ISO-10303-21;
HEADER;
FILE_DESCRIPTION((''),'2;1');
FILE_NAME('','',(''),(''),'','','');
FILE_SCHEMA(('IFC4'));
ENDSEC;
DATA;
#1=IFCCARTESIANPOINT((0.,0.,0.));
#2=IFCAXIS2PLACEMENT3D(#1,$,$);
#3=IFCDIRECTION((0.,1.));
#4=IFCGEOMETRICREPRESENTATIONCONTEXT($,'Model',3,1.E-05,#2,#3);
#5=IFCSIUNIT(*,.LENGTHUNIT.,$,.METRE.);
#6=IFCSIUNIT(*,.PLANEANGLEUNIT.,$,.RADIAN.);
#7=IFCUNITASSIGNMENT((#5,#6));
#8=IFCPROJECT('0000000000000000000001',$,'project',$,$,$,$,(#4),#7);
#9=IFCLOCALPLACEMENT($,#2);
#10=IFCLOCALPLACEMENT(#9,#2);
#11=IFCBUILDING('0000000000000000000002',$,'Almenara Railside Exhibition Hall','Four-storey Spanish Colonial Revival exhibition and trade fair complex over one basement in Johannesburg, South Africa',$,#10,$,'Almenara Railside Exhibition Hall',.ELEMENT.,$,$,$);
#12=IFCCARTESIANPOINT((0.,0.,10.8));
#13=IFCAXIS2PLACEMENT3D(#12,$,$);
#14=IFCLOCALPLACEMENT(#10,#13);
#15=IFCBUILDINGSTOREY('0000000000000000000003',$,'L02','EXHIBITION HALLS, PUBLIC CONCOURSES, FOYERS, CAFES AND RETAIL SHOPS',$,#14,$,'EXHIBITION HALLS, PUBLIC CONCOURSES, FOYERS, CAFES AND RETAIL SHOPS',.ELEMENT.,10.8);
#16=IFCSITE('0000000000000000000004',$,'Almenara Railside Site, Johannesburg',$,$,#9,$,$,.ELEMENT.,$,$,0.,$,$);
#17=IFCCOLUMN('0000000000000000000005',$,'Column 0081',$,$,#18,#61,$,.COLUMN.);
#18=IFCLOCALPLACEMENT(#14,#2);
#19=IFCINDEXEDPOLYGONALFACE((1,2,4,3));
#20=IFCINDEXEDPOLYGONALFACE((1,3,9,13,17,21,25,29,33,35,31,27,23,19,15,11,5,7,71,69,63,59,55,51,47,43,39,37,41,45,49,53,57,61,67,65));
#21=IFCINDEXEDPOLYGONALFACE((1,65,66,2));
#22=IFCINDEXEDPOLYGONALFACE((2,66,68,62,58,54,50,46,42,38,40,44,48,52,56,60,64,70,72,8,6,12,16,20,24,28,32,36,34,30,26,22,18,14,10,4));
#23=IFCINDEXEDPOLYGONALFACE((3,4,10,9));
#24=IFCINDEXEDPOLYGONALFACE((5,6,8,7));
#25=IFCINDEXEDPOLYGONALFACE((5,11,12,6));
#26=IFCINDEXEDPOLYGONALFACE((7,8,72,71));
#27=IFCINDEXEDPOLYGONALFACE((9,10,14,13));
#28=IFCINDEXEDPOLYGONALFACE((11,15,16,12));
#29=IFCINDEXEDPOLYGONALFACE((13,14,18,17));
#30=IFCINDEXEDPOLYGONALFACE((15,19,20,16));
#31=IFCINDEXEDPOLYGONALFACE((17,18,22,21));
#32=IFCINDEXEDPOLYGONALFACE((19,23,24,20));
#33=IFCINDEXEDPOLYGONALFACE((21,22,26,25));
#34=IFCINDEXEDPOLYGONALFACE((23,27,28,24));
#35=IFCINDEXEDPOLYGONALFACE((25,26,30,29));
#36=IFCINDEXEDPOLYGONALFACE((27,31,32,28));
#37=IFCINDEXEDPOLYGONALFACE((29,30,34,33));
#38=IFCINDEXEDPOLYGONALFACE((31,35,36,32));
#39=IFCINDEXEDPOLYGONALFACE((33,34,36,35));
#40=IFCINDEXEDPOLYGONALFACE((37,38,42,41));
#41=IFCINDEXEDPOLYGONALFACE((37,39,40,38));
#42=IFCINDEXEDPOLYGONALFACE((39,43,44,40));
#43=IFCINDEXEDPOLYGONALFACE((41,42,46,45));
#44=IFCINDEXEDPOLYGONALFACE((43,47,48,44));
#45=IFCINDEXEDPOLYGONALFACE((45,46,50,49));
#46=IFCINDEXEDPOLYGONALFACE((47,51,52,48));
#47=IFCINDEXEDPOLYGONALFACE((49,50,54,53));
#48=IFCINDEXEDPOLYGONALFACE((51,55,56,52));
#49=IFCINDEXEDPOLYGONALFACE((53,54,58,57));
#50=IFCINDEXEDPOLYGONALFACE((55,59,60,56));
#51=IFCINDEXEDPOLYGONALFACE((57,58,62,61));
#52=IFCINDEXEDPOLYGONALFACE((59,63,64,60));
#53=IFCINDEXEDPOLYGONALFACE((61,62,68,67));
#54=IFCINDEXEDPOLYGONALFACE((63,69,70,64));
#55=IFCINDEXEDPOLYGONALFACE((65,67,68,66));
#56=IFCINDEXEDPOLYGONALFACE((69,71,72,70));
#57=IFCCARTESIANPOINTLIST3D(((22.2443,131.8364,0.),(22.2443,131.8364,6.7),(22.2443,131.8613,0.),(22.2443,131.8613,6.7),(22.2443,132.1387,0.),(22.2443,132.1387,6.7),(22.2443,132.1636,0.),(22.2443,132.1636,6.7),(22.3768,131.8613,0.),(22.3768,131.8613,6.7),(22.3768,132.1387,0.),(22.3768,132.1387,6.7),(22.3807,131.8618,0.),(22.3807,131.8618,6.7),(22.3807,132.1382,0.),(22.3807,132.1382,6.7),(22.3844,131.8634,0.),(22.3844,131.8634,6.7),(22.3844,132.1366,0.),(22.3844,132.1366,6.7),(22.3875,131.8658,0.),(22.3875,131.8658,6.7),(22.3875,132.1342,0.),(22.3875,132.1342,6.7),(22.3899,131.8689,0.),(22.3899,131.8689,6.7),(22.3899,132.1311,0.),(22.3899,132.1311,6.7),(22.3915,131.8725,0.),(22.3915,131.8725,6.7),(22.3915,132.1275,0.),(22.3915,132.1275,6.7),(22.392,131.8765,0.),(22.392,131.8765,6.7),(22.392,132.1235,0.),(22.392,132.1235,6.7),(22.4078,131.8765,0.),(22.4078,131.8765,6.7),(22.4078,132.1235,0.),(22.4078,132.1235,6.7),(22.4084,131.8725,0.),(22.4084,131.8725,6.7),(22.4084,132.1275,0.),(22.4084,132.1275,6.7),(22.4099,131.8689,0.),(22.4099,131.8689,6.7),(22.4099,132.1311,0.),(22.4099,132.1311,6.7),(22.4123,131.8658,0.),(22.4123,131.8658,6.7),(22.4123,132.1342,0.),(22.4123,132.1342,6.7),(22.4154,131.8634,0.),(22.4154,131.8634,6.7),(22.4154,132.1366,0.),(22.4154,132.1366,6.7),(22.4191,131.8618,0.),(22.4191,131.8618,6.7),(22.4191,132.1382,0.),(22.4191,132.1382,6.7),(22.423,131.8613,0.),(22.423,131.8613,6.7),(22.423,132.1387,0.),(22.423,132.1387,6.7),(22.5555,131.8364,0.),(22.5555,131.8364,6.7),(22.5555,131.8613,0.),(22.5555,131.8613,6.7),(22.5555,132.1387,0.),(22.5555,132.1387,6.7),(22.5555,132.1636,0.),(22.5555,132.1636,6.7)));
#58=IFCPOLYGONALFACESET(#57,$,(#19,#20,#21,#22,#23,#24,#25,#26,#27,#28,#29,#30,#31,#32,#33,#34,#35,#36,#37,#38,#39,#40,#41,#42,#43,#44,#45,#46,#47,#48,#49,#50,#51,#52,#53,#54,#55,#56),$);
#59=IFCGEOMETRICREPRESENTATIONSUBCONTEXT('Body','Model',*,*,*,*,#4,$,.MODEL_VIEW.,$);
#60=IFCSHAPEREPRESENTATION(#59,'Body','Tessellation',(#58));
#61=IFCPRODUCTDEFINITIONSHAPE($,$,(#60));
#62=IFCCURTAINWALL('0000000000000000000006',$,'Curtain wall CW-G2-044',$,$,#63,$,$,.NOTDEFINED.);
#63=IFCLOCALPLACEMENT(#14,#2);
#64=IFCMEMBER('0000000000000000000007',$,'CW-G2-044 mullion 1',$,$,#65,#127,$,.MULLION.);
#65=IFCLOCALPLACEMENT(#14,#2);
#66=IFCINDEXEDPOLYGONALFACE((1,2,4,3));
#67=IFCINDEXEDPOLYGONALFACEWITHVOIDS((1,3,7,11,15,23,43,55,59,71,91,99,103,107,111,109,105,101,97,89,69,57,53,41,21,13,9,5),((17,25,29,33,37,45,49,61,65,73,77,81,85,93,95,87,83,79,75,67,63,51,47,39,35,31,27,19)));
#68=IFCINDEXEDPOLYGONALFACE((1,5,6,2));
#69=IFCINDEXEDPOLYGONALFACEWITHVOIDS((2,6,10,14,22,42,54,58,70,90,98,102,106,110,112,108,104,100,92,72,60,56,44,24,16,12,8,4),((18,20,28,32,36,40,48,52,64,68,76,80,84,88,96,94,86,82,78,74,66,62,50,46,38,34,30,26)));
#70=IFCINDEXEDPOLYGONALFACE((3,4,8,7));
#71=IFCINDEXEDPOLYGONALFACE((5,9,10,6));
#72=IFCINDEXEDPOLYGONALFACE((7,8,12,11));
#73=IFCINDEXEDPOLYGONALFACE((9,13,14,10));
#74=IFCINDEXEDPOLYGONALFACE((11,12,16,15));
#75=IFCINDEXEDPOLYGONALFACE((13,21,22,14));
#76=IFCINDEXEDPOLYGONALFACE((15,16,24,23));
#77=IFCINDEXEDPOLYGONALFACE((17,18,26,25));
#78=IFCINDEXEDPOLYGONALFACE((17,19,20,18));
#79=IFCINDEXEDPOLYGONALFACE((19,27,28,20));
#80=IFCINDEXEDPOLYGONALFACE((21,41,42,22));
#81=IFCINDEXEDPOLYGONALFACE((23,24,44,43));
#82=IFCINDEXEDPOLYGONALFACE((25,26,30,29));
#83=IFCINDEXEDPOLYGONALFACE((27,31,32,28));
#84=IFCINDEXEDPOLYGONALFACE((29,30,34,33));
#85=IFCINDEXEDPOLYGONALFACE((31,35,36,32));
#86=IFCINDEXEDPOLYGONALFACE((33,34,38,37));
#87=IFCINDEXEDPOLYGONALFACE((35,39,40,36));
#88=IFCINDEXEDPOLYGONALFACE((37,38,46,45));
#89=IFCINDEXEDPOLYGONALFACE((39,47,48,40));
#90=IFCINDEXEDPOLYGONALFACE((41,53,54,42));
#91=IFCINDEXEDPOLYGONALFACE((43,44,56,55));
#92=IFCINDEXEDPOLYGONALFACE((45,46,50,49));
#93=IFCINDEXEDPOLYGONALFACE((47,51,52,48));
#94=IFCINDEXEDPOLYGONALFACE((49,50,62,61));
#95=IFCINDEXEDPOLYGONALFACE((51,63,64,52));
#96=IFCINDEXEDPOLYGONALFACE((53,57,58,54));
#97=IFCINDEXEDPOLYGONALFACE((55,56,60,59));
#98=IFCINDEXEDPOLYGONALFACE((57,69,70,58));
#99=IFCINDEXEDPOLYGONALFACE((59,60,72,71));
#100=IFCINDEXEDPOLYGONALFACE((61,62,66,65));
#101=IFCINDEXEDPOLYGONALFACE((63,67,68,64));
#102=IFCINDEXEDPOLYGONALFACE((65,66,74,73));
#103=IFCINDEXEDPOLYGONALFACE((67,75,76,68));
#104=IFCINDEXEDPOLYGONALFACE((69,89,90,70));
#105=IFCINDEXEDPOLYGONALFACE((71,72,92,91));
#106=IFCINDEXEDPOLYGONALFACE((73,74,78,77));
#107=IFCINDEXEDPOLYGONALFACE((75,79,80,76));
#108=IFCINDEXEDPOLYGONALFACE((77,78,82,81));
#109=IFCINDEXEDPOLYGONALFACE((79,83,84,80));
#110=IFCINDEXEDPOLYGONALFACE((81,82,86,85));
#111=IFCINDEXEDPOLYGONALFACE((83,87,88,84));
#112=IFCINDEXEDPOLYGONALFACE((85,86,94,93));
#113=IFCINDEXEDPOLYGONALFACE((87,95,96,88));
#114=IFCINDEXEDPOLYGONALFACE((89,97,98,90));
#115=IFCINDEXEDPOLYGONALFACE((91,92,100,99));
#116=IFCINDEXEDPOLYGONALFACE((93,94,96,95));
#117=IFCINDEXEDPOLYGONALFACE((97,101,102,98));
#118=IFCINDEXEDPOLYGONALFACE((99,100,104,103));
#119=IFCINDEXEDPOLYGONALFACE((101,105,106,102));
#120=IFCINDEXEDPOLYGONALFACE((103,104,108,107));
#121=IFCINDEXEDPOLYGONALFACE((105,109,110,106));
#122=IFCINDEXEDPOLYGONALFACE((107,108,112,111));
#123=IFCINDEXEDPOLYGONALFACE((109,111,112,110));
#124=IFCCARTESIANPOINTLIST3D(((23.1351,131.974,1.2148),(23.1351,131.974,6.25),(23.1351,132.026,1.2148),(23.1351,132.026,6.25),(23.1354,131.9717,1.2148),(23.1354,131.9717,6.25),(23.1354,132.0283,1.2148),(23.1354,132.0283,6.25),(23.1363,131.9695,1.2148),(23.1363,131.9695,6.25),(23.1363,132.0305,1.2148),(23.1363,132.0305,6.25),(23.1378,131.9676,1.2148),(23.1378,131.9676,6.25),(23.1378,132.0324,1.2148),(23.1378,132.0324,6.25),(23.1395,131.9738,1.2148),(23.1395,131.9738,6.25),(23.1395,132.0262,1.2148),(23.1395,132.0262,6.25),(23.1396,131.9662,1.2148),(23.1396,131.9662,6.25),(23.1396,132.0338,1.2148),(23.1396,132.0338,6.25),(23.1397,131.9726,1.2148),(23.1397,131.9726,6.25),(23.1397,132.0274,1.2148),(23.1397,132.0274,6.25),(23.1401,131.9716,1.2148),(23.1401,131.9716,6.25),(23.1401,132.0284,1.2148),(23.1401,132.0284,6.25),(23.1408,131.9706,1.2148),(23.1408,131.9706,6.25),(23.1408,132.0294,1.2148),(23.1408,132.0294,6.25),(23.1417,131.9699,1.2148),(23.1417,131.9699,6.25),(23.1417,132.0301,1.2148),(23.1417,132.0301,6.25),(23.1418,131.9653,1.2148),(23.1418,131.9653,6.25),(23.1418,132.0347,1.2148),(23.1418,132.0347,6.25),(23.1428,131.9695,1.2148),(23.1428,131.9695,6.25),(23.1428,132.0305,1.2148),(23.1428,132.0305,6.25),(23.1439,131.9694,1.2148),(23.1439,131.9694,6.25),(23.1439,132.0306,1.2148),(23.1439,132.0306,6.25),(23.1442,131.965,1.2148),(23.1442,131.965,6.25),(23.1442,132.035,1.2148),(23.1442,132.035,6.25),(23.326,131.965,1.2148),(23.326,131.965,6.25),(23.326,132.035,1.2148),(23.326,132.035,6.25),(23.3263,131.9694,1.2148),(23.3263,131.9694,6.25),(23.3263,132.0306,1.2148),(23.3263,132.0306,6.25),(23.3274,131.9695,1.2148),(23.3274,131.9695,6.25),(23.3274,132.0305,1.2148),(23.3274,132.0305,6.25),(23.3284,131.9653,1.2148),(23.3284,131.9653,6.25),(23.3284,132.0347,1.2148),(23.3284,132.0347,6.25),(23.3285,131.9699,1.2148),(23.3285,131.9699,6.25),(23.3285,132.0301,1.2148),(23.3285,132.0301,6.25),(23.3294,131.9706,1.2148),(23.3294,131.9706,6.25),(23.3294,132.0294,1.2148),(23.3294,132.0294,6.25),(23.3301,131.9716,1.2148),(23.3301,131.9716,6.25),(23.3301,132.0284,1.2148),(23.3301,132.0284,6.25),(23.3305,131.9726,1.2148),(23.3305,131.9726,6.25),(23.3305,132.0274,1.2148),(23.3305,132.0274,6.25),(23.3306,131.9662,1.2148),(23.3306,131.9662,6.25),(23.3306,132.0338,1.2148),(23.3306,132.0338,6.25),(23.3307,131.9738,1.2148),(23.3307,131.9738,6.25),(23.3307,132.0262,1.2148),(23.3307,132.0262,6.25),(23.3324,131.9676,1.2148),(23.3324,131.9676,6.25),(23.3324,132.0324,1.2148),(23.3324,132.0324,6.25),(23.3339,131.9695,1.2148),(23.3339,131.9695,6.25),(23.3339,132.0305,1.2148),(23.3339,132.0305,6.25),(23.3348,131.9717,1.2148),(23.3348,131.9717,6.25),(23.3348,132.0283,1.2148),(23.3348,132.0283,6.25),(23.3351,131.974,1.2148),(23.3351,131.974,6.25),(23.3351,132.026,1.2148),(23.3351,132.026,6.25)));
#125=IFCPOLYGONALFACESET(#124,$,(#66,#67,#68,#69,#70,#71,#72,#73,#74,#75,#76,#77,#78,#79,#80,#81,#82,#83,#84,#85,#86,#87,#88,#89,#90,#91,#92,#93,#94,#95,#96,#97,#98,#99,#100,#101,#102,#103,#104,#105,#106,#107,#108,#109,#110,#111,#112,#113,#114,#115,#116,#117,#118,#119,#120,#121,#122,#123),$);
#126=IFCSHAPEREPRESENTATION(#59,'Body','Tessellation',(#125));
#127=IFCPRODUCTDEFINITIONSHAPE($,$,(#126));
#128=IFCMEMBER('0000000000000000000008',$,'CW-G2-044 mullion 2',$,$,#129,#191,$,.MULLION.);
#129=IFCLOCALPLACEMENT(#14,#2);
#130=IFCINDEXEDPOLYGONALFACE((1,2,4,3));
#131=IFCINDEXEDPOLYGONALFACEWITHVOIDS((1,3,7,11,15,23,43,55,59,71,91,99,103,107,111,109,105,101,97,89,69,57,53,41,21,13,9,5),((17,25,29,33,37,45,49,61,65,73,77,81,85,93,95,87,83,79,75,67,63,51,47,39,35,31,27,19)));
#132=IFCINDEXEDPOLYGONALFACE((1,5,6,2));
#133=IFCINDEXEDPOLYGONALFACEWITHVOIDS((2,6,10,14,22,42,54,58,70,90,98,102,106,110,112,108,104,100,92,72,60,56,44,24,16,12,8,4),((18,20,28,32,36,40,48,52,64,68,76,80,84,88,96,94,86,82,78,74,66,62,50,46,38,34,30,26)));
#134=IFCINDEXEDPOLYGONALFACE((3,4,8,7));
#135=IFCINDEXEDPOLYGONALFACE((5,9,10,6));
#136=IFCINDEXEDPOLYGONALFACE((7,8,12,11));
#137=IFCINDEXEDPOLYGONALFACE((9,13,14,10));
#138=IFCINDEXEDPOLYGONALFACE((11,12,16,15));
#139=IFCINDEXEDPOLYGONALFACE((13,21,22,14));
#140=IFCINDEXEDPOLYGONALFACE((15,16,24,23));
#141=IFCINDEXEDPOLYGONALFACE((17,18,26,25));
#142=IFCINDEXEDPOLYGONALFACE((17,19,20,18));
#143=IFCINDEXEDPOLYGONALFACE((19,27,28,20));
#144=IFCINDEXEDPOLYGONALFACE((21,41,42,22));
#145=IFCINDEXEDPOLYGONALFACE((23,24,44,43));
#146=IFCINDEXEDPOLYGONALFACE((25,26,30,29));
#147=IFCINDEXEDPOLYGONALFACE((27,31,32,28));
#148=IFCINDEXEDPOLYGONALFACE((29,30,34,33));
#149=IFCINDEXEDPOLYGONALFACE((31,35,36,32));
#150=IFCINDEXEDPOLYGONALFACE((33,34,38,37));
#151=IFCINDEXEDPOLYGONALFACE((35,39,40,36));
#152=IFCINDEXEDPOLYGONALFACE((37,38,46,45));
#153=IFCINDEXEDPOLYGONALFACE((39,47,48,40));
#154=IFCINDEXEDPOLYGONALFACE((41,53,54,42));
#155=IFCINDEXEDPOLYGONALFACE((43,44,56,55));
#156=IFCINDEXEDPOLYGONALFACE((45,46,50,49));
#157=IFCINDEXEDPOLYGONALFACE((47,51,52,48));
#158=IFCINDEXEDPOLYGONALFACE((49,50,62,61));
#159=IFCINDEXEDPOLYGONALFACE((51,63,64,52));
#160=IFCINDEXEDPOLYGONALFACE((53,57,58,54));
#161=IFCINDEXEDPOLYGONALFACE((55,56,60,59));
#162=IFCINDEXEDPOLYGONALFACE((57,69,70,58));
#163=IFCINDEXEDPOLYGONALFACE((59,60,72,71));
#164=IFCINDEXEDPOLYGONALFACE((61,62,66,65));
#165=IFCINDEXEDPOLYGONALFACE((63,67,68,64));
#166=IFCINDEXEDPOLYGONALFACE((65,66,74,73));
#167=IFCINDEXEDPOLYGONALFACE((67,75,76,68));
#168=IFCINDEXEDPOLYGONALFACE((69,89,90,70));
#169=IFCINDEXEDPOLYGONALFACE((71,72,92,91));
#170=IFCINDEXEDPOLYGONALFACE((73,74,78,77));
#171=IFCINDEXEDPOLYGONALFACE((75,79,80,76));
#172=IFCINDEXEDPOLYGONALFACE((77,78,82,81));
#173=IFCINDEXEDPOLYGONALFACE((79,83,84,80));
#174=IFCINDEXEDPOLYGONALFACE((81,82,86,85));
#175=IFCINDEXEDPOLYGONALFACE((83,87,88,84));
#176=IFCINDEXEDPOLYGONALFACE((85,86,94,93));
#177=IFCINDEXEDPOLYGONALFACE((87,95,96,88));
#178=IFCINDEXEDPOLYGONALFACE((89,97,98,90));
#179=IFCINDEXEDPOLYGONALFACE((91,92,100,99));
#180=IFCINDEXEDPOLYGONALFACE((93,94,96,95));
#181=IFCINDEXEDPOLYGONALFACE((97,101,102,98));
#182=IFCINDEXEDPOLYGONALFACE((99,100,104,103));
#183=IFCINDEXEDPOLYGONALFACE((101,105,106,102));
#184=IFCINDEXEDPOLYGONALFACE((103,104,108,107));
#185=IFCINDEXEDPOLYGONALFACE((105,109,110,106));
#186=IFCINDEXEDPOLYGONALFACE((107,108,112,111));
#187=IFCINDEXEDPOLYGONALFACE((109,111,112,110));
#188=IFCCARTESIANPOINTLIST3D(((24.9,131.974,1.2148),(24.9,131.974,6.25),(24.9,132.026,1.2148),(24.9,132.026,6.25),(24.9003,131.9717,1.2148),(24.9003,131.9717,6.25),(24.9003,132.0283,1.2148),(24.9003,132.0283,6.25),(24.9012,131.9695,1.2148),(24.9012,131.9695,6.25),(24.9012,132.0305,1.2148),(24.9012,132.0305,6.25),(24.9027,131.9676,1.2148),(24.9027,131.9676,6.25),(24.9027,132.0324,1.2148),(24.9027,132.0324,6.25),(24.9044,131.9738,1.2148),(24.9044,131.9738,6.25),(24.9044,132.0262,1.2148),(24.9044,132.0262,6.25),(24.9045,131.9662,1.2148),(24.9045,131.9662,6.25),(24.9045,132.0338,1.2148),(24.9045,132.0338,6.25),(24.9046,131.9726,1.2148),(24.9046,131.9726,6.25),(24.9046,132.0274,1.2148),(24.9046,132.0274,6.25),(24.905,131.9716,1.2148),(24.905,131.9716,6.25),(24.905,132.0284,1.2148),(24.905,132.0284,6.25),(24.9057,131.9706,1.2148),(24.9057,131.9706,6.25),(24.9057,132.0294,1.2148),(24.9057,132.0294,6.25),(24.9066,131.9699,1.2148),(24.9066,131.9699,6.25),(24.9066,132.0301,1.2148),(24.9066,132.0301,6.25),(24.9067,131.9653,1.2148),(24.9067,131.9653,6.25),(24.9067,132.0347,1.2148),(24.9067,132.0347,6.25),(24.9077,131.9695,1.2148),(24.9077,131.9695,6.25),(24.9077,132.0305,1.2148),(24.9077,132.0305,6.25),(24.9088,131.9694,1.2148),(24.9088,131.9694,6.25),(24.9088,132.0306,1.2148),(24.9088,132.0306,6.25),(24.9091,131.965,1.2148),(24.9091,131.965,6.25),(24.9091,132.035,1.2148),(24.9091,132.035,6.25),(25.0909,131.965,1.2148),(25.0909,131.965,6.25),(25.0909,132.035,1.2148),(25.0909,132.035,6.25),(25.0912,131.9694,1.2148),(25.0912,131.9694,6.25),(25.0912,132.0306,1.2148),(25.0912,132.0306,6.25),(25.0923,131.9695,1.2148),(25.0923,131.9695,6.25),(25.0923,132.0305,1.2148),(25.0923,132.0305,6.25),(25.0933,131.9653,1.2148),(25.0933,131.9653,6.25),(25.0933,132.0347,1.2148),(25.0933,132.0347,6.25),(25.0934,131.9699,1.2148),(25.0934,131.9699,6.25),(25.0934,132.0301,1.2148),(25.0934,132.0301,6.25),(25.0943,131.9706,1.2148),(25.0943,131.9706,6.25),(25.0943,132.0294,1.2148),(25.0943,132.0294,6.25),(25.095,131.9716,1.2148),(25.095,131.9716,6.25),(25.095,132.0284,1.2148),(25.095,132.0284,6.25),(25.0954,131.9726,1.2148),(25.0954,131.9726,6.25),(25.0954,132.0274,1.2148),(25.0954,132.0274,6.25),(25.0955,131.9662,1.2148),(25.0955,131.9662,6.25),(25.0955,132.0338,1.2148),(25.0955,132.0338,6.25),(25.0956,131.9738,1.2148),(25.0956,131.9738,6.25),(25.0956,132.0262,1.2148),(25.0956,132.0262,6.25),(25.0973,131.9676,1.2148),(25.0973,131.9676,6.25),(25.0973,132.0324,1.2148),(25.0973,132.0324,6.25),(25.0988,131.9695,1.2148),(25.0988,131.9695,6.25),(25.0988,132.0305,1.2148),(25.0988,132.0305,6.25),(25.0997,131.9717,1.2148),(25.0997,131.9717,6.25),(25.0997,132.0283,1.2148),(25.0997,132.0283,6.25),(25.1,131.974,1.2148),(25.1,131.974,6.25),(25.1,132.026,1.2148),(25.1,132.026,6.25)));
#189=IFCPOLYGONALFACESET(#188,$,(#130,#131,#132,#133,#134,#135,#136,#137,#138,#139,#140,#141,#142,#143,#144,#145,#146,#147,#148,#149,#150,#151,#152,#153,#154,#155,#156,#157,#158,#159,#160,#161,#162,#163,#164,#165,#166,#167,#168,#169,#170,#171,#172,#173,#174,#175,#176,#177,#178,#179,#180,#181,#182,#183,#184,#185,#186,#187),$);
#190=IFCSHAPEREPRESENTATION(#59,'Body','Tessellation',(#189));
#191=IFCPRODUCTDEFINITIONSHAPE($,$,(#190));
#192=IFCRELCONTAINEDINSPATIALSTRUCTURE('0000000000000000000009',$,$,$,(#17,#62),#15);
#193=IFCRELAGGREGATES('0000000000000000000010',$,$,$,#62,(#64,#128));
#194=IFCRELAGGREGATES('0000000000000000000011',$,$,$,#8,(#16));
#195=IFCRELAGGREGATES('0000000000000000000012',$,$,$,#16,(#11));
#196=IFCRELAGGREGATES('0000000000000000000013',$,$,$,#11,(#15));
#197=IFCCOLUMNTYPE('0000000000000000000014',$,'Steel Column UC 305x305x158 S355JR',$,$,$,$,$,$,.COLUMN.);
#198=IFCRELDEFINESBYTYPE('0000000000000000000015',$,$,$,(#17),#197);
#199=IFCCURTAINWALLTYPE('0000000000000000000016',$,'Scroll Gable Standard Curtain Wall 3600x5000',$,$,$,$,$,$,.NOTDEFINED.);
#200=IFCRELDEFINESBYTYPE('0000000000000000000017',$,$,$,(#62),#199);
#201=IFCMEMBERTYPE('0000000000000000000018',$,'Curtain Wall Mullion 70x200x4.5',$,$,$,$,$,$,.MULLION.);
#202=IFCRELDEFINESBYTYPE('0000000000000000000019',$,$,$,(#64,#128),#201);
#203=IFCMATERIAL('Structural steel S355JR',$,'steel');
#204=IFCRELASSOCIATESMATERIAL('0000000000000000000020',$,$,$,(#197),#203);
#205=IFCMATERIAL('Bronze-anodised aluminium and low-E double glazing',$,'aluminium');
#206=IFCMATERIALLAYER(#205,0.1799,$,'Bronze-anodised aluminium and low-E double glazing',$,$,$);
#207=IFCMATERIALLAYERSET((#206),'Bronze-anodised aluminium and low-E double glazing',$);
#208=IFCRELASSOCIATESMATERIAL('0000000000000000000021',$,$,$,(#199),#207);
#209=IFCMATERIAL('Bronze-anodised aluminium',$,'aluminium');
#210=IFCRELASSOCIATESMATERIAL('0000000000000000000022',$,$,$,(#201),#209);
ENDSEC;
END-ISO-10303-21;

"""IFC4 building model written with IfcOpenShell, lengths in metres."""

from ifc_helpers import new_model, si_unit, direction, frame, origin, origin_2d, place, context, subcontext, project, spatial, hollow_rectangle, i_section, extrude, material, layer, layer_set, material_profile, profile_set, type_object, element, aggregate, save


model = new_model("IFC4")

# Units and contexts
model_context = context("Model", 3, precision=1e-05, world=origin(), true_north=direction((0.0, 1.0)))
body_context = subcontext(model_context, "Body", "Model", "MODEL_VIEW")
ifc_project = project(units=[si_unit("LENGTHUNIT", "METRE"), si_unit("PLANEANGLEUNIT", "RADIAN")], contexts=[model_context])

# Site, building, storey
site_placement = place(None, origin())
site = spatial("IfcSite", under=ifc_project, at=site_placement, Name="Almenara Railside Site, Johannesburg", CompositionType="ELEMENT", RefElevation=0.0)
building_placement = place(site_placement, origin())
building = spatial("IfcBuilding", under=site, at=building_placement, Name="Almenara Railside Exhibition Hall", Description="Four-storey Spanish Colonial Revival exhibition and trade fair complex over one basement in Johannesburg, South Africa", LongName="Almenara Railside Exhibition Hall", CompositionType="ELEMENT")
storey_placement = place(building_placement, frame((0.0, 0.0, 10.8)))
storey = spatial("IfcBuildingStorey", under=building, at=storey_placement, Name="L02", Description="EXHIBITION HALLS, PUBLIC CONCOURSES, FOYERS, CAFES AND RETAIL SHOPS", LongName="EXHIBITION HALLS, PUBLIC CONCOURSES, FOYERS, CAFES AND RETAIL SHOPS", CompositionType="ELEMENT", Elevation=10.8)

# Column
ifc_material_1 = material(Name="Structural steel S355JR", Category="steel")
ifc_material_profile_1 = material_profile(ifc_material_1, i_section(OverallWidth=0.3113, OverallDepth=0.3271, WebThickness=0.0159, FlangeThickness=0.0249, FilletRadius=0.0151, at=origin_2d()), Name="UC 305x305x158")
ifc_profile_set_1 = profile_set([ifc_material_profile_1], Name="Structural steel S355JR")
column_type = type_object("IfcColumnType", Name="Steel Column UC 305x305x158 S355JR", PredefinedType="COLUMN", material=ifc_profile_set_1)
column_placement = place(storey_placement, frame((22.3999, 132.0, 0.0), z_axis=(0.0, 0.0, 1.0), x_axis=(1.0, 0.0, 0.0)))
element("IfcColumn", 1, at=column_placement, inside=storey, type_object=column_type, Name="Column 0081", PredefinedType="COLUMN", context=body_context, shape_type="SweptSolid", body=[
    extrude(i_section(OverallWidth=0.3113, OverallDepth=0.3271, WebThickness=0.0159, FlangeThickness=0.0249, FilletRadius=0.0151, at=origin_2d()), origin(), (0.0, 0.0, 1.0), 6.7),
])

# Curtain wall, members
ifc_material_2 = material(Name="Bronze-anodised aluminium and low-E double glazing", Category="aluminium")
ifc_layer_1 = layer(ifc_material_2, 0.1799, Name="Bronze-anodised aluminium and low-E double glazing")
ifc_layer_set_1 = layer_set([ifc_layer_1], Name="Bronze-anodised aluminium and low-E double glazing")
curtain_wall_type = type_object("IfcCurtainWallType", Name="Scroll Gable Standard Curtain Wall 3600x5000", PredefinedType="NOTDEFINED", material=ifc_layer_set_1)
curtain_wall_placement = place(storey_placement, origin())
curtain_wall = element("IfcCurtainWall", 2, at=curtain_wall_placement, inside=storey, type_object=curtain_wall_type, Name="Curtain wall CW-G2-044", PredefinedType="NOTDEFINED")
ifc_material_3 = material(Name="Bronze-anodised aluminium", Category="aluminium")
ifc_material_profile_2 = material_profile(ifc_material_3, hollow_rectangle(XDim=0.0701, YDim=0.2, WallThickness=0.0044, InnerFilletRadius=0.0044, OuterFilletRadius=0.009, at=origin_2d()), Name="ALU-MUL 70x200x4.5")
ifc_profile_set_2 = profile_set([ifc_material_profile_2], Name="Bronze-anodised aluminium")
member_type_1 = type_object("IfcMemberType", Name="Curtain Wall Mullion 70x200x4.5", PredefinedType="MULLION", material=ifc_profile_set_2)
member_1_placement = place(storey_placement, frame((23.2351, 132.0, 1.2148), z_axis=(0.0, 0.0, 1.0), x_axis=(0.0, 1.0, 0.0)))
member_1 = element("IfcMember", 3, at=member_1_placement, type_object=member_type_1, Name="CW-G2-044 mullion 1", PredefinedType="MULLION", context=body_context, shape_type="SweptSolid", body=[
    extrude(hollow_rectangle(XDim=0.0701, YDim=0.2, WallThickness=0.0044, InnerFilletRadius=0.0044, OuterFilletRadius=0.009, at=origin_2d()), origin(), (0.0, 0.0, 1.0), 5.0352),
])
member_2_placement = place(storey_placement, frame((25.0, 132.0, 1.2148), z_axis=(0.0, 0.0, 1.0), x_axis=(0.0, 1.0, 0.0)))
member_2 = element("IfcMember", 4, at=member_2_placement, type_object=member_type_1, Name="CW-G2-044 mullion 2", PredefinedType="MULLION", context=body_context, shape_type="SweptSolid", body=[
    extrude(hollow_rectangle(XDim=0.0701, YDim=0.2, WallThickness=0.0044, InnerFilletRadius=0.0044, OuterFilletRadius=0.009, at=origin_2d()), origin(), (0.0, 0.0, 1.0), 5.0352),
])

aggregate(curtain_wall, [member_1, member_2])

save(model, "model.ifc")
